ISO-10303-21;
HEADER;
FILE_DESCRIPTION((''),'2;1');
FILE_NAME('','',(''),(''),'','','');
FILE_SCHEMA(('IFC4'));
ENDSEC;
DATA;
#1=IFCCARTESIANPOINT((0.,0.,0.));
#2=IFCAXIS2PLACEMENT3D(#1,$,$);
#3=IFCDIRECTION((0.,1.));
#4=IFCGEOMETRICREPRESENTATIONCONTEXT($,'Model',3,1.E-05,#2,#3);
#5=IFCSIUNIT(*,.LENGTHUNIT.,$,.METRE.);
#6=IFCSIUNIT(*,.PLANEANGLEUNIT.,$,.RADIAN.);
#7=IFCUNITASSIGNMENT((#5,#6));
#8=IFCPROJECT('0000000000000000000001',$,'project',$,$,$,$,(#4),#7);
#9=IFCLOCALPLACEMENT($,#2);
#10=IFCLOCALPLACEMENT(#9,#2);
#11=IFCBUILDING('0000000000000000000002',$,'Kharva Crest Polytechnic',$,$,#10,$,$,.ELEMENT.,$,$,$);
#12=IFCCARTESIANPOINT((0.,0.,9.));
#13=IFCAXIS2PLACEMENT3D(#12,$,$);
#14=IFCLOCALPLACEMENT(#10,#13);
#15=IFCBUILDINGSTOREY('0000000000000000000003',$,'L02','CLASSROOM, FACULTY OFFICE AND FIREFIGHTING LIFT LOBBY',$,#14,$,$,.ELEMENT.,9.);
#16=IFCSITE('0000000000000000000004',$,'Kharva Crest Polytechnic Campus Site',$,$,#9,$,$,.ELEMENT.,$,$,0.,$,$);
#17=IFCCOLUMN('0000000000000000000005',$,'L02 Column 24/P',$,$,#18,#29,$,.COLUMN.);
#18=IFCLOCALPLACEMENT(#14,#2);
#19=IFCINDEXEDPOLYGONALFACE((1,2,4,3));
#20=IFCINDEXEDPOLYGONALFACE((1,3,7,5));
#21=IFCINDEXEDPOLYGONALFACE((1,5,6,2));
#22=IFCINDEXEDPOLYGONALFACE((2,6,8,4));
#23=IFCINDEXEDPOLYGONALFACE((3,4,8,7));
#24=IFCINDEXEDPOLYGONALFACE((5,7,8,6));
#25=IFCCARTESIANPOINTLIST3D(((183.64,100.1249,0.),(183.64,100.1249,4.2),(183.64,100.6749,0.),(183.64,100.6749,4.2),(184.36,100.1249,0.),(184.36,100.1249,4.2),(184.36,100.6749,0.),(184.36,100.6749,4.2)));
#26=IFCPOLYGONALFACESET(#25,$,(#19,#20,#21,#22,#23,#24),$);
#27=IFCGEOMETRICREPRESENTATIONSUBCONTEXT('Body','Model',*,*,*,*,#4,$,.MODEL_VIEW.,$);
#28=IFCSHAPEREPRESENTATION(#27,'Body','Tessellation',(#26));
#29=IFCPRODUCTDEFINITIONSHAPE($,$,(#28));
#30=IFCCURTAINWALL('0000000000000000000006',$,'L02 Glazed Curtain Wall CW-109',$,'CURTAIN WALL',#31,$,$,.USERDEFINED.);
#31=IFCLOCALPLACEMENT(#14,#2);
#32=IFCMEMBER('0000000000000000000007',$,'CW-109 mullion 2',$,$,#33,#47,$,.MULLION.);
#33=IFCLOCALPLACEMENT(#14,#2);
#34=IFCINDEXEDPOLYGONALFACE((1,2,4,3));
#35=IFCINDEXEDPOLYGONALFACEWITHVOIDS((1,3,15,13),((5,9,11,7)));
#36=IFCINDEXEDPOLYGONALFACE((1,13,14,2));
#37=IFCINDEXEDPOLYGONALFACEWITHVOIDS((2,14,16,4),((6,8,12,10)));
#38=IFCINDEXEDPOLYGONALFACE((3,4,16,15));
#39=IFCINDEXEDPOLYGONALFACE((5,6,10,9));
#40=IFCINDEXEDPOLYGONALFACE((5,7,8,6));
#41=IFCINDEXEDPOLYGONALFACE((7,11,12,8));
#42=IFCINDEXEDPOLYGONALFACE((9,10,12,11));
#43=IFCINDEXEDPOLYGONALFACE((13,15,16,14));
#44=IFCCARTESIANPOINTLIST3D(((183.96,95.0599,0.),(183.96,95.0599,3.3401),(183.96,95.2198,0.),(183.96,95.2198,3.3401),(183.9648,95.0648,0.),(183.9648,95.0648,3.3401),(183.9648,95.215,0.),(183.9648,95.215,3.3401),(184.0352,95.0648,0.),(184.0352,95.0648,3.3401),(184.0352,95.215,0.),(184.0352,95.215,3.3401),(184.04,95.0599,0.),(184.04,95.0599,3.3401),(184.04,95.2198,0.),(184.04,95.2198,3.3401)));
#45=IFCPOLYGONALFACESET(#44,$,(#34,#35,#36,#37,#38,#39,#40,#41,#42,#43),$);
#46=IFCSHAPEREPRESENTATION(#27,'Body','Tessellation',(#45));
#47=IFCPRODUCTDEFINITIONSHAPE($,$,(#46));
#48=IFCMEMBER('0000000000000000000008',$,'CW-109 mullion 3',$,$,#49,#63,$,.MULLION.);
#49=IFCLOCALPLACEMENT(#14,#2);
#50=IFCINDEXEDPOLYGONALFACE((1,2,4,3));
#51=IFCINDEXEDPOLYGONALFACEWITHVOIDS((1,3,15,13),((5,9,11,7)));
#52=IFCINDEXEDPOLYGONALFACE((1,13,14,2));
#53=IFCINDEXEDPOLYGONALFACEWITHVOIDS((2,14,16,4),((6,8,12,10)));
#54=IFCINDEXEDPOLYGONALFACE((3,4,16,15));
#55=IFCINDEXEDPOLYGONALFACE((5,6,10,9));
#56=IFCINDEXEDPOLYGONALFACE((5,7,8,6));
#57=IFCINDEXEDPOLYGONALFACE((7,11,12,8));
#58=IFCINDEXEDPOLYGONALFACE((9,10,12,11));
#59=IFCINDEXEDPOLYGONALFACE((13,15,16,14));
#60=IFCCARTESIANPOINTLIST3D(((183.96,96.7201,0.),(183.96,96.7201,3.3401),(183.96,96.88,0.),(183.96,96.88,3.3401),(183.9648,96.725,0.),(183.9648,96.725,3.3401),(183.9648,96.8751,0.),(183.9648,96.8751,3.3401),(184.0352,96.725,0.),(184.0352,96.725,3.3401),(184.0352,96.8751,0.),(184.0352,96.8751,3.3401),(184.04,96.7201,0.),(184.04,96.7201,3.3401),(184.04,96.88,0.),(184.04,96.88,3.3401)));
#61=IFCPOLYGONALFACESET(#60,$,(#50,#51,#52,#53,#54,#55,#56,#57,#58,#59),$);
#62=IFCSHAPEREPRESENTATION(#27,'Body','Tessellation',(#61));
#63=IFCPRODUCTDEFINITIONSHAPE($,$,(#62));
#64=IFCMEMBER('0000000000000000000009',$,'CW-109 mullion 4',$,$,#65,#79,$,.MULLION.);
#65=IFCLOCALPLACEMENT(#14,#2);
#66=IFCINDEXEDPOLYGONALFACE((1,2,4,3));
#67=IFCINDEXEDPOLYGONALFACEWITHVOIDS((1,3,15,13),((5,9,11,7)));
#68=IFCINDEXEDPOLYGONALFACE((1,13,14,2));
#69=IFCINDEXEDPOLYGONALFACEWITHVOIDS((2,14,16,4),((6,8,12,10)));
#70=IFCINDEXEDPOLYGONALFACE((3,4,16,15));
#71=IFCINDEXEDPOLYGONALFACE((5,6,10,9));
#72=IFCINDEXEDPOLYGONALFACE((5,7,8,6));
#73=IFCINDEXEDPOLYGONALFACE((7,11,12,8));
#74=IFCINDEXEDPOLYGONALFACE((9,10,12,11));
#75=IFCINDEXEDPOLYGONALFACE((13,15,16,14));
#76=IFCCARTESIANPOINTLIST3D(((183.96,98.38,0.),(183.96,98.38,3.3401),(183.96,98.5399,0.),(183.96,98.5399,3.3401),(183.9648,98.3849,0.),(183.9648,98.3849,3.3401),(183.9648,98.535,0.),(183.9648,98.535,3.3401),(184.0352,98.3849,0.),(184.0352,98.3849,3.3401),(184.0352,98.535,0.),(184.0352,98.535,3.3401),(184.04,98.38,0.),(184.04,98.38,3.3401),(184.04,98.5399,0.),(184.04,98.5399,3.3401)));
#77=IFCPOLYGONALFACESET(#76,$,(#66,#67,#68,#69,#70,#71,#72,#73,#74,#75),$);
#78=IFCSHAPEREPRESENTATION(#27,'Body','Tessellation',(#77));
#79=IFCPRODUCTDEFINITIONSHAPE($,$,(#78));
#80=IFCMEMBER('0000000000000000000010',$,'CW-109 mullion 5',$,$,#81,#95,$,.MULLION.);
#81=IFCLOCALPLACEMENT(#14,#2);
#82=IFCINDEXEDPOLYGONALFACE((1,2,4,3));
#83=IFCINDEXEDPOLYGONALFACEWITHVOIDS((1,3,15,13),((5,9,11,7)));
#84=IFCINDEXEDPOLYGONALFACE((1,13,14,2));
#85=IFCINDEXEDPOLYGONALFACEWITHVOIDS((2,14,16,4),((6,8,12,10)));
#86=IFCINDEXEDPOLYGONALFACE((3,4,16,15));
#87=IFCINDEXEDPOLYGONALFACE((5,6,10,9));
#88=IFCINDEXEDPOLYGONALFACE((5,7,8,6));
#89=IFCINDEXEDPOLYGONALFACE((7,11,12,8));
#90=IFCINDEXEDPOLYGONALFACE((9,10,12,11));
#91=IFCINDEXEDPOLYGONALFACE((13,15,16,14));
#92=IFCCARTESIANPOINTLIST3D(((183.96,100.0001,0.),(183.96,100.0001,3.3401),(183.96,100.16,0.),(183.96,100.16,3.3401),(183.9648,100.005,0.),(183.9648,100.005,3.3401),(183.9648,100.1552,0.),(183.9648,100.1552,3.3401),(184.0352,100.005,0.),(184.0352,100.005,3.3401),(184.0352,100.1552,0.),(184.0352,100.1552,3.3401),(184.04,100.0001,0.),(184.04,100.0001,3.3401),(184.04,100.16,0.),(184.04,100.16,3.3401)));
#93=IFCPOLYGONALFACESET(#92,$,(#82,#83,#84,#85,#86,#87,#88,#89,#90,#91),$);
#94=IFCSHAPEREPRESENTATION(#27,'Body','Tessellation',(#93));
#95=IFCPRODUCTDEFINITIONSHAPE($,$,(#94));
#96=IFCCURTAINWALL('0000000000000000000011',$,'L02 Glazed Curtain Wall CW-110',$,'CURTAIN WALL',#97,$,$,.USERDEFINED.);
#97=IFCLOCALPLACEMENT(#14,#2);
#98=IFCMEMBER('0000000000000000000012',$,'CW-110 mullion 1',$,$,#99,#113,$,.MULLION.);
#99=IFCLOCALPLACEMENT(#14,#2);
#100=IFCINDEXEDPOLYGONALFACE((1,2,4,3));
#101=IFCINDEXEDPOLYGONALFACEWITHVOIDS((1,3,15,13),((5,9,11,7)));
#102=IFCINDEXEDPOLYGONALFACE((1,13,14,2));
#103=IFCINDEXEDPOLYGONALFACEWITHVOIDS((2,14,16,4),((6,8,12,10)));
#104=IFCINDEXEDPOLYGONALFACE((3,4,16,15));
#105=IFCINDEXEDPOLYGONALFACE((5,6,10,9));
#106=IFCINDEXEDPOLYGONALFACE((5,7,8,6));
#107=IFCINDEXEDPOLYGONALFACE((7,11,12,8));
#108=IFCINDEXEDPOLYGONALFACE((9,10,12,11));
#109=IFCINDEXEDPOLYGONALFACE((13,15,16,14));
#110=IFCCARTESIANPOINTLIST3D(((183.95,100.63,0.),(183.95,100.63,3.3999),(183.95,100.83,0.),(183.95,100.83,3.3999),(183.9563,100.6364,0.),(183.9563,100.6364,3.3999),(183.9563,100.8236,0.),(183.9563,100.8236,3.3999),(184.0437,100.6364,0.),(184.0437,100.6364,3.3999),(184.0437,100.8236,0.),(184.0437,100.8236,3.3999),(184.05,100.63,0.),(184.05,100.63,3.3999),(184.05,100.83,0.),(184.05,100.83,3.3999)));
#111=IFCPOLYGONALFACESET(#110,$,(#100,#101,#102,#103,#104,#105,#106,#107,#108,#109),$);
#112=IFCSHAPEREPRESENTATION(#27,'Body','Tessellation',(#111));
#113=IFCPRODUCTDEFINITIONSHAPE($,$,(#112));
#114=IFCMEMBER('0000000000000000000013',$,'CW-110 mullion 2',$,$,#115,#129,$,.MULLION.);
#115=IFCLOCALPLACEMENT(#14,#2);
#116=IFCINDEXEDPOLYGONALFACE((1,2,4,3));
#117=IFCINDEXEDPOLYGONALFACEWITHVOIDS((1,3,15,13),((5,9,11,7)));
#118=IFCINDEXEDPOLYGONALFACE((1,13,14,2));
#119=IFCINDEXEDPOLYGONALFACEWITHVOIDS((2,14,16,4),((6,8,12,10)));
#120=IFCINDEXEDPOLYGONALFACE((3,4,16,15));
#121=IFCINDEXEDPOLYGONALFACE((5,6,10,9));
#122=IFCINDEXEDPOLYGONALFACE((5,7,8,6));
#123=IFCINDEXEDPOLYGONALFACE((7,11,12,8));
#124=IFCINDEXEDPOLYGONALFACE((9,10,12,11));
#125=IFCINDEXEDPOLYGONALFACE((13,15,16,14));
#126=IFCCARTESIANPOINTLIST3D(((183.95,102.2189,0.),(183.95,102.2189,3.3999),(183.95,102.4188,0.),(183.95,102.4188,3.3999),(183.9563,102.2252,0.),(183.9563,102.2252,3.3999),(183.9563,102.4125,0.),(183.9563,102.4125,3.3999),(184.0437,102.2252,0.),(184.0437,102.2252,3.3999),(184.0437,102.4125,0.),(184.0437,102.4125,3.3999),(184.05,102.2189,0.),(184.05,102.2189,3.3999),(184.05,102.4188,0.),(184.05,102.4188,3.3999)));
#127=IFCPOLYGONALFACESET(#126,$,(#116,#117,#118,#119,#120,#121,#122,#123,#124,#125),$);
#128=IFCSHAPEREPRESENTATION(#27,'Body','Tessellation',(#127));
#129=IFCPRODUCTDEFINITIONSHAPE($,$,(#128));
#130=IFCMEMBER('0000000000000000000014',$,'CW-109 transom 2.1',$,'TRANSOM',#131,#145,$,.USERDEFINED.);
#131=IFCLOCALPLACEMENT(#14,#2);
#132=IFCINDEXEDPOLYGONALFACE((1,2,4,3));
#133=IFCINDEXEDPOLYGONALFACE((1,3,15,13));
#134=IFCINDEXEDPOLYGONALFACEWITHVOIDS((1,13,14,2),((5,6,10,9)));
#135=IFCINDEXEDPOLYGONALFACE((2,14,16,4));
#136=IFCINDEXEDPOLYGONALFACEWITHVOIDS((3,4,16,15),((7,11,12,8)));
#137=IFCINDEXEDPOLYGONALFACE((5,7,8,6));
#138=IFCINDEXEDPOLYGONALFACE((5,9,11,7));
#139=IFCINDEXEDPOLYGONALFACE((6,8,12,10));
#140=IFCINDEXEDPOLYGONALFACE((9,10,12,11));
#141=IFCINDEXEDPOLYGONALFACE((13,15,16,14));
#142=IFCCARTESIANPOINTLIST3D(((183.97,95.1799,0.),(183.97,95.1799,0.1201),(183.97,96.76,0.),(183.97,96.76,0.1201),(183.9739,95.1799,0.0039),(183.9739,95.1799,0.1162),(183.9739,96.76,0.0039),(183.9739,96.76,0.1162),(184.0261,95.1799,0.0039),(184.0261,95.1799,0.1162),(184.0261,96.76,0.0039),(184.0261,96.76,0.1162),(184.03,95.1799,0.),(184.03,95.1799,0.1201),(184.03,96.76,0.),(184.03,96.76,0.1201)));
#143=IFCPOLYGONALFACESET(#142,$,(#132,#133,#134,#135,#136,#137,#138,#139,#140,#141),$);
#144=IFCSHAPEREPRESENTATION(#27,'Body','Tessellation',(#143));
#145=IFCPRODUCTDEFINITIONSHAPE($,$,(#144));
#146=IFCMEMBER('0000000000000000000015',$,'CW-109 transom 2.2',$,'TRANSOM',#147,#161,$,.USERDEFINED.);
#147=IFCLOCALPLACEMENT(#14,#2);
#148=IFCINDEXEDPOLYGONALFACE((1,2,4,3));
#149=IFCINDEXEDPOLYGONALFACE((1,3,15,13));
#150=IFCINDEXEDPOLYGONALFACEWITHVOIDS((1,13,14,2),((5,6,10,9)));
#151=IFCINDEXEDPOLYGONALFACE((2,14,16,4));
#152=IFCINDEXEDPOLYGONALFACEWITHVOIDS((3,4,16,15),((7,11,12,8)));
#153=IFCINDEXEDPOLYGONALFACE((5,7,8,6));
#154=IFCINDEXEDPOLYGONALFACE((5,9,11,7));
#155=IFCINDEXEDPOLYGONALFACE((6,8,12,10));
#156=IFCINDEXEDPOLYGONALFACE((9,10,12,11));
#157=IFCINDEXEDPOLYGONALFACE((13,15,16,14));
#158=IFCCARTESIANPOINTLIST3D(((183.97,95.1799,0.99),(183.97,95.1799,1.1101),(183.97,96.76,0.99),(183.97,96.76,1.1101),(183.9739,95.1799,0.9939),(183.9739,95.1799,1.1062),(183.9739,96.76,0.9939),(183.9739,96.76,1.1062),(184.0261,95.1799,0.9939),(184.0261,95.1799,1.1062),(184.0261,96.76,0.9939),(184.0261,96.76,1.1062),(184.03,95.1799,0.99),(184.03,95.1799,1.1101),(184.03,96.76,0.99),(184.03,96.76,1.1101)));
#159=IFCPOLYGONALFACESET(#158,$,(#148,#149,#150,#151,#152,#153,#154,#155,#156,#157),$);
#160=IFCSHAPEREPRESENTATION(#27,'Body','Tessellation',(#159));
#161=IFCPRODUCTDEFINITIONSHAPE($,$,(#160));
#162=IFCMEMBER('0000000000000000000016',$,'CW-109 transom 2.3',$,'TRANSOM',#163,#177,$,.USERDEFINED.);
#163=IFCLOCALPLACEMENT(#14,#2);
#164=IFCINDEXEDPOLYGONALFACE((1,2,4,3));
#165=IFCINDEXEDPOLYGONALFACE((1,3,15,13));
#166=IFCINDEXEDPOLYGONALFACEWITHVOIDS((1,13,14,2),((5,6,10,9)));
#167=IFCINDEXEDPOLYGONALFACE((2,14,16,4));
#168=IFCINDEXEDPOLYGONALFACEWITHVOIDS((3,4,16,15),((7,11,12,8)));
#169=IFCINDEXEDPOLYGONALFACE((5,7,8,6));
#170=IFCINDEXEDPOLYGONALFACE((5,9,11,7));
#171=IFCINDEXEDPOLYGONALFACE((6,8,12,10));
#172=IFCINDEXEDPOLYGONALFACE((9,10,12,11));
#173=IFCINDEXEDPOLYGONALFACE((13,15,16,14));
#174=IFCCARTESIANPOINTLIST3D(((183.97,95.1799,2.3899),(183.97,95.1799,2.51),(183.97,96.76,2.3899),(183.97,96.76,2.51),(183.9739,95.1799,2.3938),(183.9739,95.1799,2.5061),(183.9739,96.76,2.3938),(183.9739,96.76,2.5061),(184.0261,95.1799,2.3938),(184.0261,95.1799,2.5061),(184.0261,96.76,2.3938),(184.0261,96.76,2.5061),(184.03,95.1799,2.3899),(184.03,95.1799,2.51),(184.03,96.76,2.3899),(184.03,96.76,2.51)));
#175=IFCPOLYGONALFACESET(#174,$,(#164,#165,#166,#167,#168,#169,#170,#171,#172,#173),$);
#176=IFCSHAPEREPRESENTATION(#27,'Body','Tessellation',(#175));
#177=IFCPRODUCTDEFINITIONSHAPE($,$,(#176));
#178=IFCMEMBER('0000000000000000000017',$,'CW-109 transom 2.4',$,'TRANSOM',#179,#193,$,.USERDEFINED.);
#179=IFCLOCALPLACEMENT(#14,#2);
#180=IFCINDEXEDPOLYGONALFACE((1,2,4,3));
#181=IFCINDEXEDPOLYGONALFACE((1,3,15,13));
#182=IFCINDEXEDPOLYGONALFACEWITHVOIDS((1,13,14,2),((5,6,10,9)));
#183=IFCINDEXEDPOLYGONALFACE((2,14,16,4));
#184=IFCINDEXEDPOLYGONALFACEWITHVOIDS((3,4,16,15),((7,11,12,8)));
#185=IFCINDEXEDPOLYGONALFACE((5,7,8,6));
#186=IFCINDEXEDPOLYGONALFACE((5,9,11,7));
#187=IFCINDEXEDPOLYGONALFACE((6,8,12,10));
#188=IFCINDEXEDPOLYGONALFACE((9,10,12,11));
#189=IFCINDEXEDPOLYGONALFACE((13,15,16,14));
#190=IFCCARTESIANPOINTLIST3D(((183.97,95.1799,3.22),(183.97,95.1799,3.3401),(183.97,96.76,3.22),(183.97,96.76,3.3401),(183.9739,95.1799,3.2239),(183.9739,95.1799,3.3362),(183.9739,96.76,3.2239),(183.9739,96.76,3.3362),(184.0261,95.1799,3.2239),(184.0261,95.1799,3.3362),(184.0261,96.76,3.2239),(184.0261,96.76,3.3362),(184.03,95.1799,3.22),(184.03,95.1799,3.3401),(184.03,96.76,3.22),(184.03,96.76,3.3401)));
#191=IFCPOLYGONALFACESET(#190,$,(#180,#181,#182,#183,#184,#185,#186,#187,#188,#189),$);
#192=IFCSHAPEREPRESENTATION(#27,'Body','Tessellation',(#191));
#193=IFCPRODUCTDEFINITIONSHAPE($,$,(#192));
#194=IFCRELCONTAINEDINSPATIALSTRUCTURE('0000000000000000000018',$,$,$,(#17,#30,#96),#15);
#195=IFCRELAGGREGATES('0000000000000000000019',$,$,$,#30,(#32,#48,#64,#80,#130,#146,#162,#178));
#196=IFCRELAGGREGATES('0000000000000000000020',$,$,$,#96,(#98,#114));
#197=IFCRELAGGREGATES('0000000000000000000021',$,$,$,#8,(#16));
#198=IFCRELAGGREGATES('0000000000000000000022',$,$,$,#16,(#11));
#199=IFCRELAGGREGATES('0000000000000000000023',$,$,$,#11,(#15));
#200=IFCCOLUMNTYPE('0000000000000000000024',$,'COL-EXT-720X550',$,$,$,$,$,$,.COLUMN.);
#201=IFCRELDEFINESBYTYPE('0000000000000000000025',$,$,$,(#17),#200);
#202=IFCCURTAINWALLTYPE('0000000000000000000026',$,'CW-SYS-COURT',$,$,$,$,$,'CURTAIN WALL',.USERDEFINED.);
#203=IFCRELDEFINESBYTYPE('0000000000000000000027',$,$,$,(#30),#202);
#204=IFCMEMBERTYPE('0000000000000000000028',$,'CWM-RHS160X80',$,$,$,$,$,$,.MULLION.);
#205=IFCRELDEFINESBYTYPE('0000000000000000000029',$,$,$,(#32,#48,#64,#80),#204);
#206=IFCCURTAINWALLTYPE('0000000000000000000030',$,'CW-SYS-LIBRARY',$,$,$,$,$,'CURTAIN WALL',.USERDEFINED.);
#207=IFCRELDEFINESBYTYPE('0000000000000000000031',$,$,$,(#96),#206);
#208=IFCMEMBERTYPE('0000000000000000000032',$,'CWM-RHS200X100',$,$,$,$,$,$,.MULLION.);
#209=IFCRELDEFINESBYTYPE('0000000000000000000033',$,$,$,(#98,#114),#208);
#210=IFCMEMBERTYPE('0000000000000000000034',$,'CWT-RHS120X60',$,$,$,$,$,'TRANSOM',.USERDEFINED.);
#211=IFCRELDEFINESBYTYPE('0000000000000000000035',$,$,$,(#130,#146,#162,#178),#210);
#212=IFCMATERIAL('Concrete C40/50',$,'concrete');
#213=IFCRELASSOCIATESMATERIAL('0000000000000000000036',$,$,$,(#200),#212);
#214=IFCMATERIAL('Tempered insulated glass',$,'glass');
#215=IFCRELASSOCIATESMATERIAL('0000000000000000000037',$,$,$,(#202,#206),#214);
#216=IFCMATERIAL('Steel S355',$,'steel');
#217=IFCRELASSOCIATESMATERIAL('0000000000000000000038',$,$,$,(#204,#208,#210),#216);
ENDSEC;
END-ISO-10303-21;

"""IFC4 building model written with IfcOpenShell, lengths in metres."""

from ifc_helpers import new_model, si_unit, direction, frame, origin, origin_2d, place, context, subcontext, project, spatial, rectangle, hollow_rectangle, extrude, material, material_profile, profile_set, type_object, element, aggregate, save


model = new_model("IFC4")

# Units and contexts
model_context = context("Model", 3, precision=1e-05, world=origin(), true_north=direction((0.0, 1.0)))
body_context = subcontext(model_context, "Body", "Model", "MODEL_VIEW")
ifc_project = project(units=[si_unit("LENGTHUNIT", "METRE"), si_unit("PLANEANGLEUNIT", "RADIAN")], contexts=[model_context])

# Site, building, storey
site_placement = place(None, origin())
site = spatial("IfcSite", under=ifc_project, at=site_placement, Name="Kharva Crest Polytechnic Campus Site", CompositionType="ELEMENT", RefElevation=0.0)
building_placement = place(site_placement, origin())
building = spatial("IfcBuilding", under=site, at=building_placement, Name="Kharva Crest Polytechnic", CompositionType="ELEMENT")
storey_placement = place(building_placement, frame((0.0, 0.0, 9.0)))
storey = spatial("IfcBuildingStorey", under=building, at=storey_placement, Name="L02", Description="CLASSROOM, FACULTY OFFICE AND FIREFIGHTING LIFT LOBBY", CompositionType="ELEMENT", Elevation=9.0)

# Column
ifc_material_1 = material(Name="Concrete C40/50", Category="concrete")
ifc_material_profile_1 = material_profile(ifc_material_1, rectangle(XDim=0.72, YDim=0.55, at=origin_2d()), Name="RECT 720 X 550")
ifc_profile_set_1 = profile_set([ifc_material_profile_1], Name="Concrete C40/50")
column_type = type_object("IfcColumnType", Name="COL-EXT-720X550", PredefinedType="COLUMN", material=ifc_profile_set_1)
column_placement = place(storey_placement, frame((184.0, 100.3999, 0.0), z_axis=(0.0, 0.0, 1.0), x_axis=(1.0, 0.0, 0.0)))
element("IfcColumn", 1, at=column_placement, inside=storey, type_object=column_type, Name="L02 Column 24/P", PredefinedType="COLUMN", context=body_context, shape_type="SweptSolid", body=[
    extrude(rectangle(XDim=0.72, YDim=0.55, at=origin_2d()), origin(), (0.0, 0.0, 1.0), 4.2),
])

# Curtain walls, members
ifc_material_2 = material(Name="Tempered insulated glass", Category="glass")
curtain_wall_type_1 = type_object("IfcCurtainWallType", Name="CW-SYS-COURT", ElementType="CURTAIN WALL", PredefinedType="USERDEFINED", material=ifc_material_2)
curtain_wall_1_placement = place(storey_placement, origin())
curtain_wall_1 = element("IfcCurtainWall", 2, at=curtain_wall_1_placement, inside=storey, type_object=curtain_wall_type_1, Name="L02 Glazed Curtain Wall CW-109", ObjectType="CURTAIN WALL", PredefinedType="USERDEFINED")
ifc_material_3 = material(Name="Steel S355", Category="steel")
ifc_material_profile_2 = material_profile(ifc_material_3, hollow_rectangle(XDim=0.0801, YDim=0.1599, WallThickness=0.0049, at=origin_2d()), Name="RHS 160X80X5.0")
ifc_profile_set_2 = profile_set([ifc_material_profile_2], Name="Steel S355")
member_type_1 = type_object("IfcMemberType", Name="CWM-RHS160X80", PredefinedType="MULLION", material=ifc_profile_set_2)
member_1_placement = place(storey_placement, frame((184.0, 95.1399, 0.0), z_axis=(0.0, 0.0, 1.0), x_axis=(-1.0, 0.0, 0.0)))
member_1 = element("IfcMember", 3, at=member_1_placement, type_object=member_type_1, Name="CW-109 mullion 2", PredefinedType="MULLION", context=body_context, shape_type="SweptSolid", body=[
    extrude(hollow_rectangle(XDim=0.0801, YDim=0.1599, WallThickness=0.0049, at=origin_2d()), origin(), (0.0, 0.0, 1.0), 3.3401),
])
member_2_placement = place(storey_placement, frame((184.0, 96.8, 0.0), z_axis=(0.0, 0.0, 1.0), x_axis=(-1.0, 0.0, 0.0)))
member_2 = element("IfcMember", 4, at=member_2_placement, type_object=member_type_1, Name="CW-109 mullion 3", PredefinedType="MULLION", context=body_context, shape_type="SweptSolid", body=[
    extrude(hollow_rectangle(XDim=0.0801, YDim=0.1599, WallThickness=0.0049, at=origin_2d()), origin(), (0.0, 0.0, 1.0), 3.3401),
])
member_3_placement = place(storey_placement, frame((184.0, 98.46, 0.0), z_axis=(0.0, 0.0, 1.0), x_axis=(-1.0, 0.0, 0.0)))
member_3 = element("IfcMember", 5, at=member_3_placement, type_object=member_type_1, Name="CW-109 mullion 4", PredefinedType="MULLION", context=body_context, shape_type="SweptSolid", body=[
    extrude(hollow_rectangle(XDim=0.0801, YDim=0.1599, WallThickness=0.0049, at=origin_2d()), origin(), (0.0, 0.0, 1.0), 3.3401),
])
member_4_placement = place(storey_placement, frame((184.0, 100.0801, 0.0), z_axis=(0.0, 0.0, 1.0), x_axis=(-1.0, 0.0, 0.0)))
member_4 = element("IfcMember", 6, at=member_4_placement, type_object=member_type_1, Name="CW-109 mullion 5", PredefinedType="MULLION", context=body_context, shape_type="SweptSolid", body=[
    extrude(hollow_rectangle(XDim=0.0801, YDim=0.1599, WallThickness=0.0049, at=origin_2d()), origin(), (0.0, 0.0, 1.0), 3.3401),
])
curtain_wall_type_2 = type_object("IfcCurtainWallType", Name="CW-SYS-LIBRARY", ElementType="CURTAIN WALL", PredefinedType="USERDEFINED", material=ifc_material_2)
curtain_wall_2_placement = place(storey_placement, origin())
curtain_wall_2 = element("IfcCurtainWall", 7, at=curtain_wall_2_placement, inside=storey, type_object=curtain_wall_type_2, Name="L02 Glazed Curtain Wall CW-110", ObjectType="CURTAIN WALL", PredefinedType="USERDEFINED")
ifc_material_profile_3 = material_profile(ifc_material_3, hollow_rectangle(XDim=0.1001, YDim=0.2, WallThickness=0.0063, at=origin_2d()), Name="RHS 200X100X6.3")
ifc_profile_set_3 = profile_set([ifc_material_profile_3], Name="Steel S355")
member_type_2 = type_object("IfcMemberType", Name="CWM-RHS200X100", PredefinedType="MULLION", material=ifc_profile_set_3)
member_5_placement = place(storey_placement, frame((184.0, 100.73, 0.0), z_axis=(0.0, 0.0, 1.0), x_axis=(-1.0, 0.0, 0.0)))
member_5 = element("IfcMember", 8, at=member_5_placement, type_object=member_type_2, Name="CW-110 mullion 1", PredefinedType="MULLION", context=body_context, shape_type="SweptSolid", body=[
    extrude(hollow_rectangle(XDim=0.1001, YDim=0.2, WallThickness=0.0063, at=origin_2d()), origin(), (0.0, 0.0, 1.0), 3.3999),
])
member_6_placement = place(storey_placement, frame((184.0, 102.3188, 0.0), z_axis=(0.0, 0.0, 1.0), x_axis=(-1.0, 0.0, 0.0)))
member_6 = element("IfcMember", 9, at=member_6_placement, type_object=member_type_2, Name="CW-110 mullion 2", PredefinedType="MULLION", context=body_context, shape_type="SweptSolid", body=[
    extrude(hollow_rectangle(XDim=0.1001, YDim=0.2, WallThickness=0.0063, at=origin_2d()), origin(), (0.0, 0.0, 1.0), 3.3999),
])

# Members
ifc_material_profile_4 = material_profile(ifc_material_3, hollow_rectangle(XDim=0.0601, YDim=0.1201, WallThickness=0.0039, at=origin_2d()), Name="RHS 120X60X4.0")
ifc_profile_set_4 = profile_set([ifc_material_profile_4], Name="Steel S355")
member_type_3 = type_object("IfcMemberType", Name="CWT-RHS120X60", ElementType="TRANSOM", PredefinedType="USERDEFINED", material=ifc_profile_set_4)
member_7_placement = place(storey_placement, frame((184.0, 95.1799, 0.0601), z_axis=(0.0, 1.0, 0.0), x_axis=(-1.0, 0.0, 0.0)))
member_7 = element("IfcMember", 10, at=member_7_placement, type_object=member_type_3, Name="CW-109 transom 2.1", ObjectType="TRANSOM", PredefinedType="USERDEFINED", context=body_context, shape_type="SweptSolid", body=[
    extrude(hollow_rectangle(XDim=0.0601, YDim=0.1201, WallThickness=0.0039, at=origin_2d()), origin(), (0.0, 0.0, 1.0), 1.5801),
])
member_8_placement = place(storey_placement, frame((184.0, 95.1799, 1.05), z_axis=(0.0, 1.0, 0.0), x_axis=(-1.0, 0.0, 0.0)))
member_8 = element("IfcMember", 11, at=member_8_placement, type_object=member_type_3, Name="CW-109 transom 2.2", ObjectType="TRANSOM", PredefinedType="USERDEFINED", context=body_context, shape_type="SweptSolid", body=[
    extrude(hollow_rectangle(XDim=0.0601, YDim=0.1201, WallThickness=0.0039, at=origin_2d()), origin(), (0.0, 0.0, 1.0), 1.5801),
])
member_9_placement = place(storey_placement, frame((184.0, 95.1799, 2.45), z_axis=(0.0, 1.0, 0.0), x_axis=(-1.0, 0.0, 0.0)))
member_9 = element("IfcMember", 12, at=member_9_placement, type_object=member_type_3, Name="CW-109 transom 2.3", ObjectType="TRANSOM", PredefinedType="USERDEFINED", context=body_context, shape_type="SweptSolid", body=[
    extrude(hollow_rectangle(XDim=0.0601, YDim=0.1201, WallThickness=0.0039, at=origin_2d()), origin(), (0.0, 0.0, 1.0), 1.5801),
])
member_10_placement = place(storey_placement, frame((184.0, 95.1799, 3.28), z_axis=(0.0, 1.0, 0.0), x_axis=(-1.0, 0.0, 0.0)))
member_10 = element("IfcMember", 13, at=member_10_placement, type_object=member_type_3, Name="CW-109 transom 2.4", ObjectType="TRANSOM", PredefinedType="USERDEFINED", context=body_context, shape_type="SweptSolid", body=[
    extrude(hollow_rectangle(XDim=0.0601, YDim=0.1201, WallThickness=0.0039, at=origin_2d()), origin(), (0.0, 0.0, 1.0), 1.5801),
])

aggregate(curtain_wall_1, [member_1, member_2, member_3, member_4, member_7, member_8, member_9, member_10])
aggregate(curtain_wall_2, [member_5, member_6])

save(model, "model.ifc")
